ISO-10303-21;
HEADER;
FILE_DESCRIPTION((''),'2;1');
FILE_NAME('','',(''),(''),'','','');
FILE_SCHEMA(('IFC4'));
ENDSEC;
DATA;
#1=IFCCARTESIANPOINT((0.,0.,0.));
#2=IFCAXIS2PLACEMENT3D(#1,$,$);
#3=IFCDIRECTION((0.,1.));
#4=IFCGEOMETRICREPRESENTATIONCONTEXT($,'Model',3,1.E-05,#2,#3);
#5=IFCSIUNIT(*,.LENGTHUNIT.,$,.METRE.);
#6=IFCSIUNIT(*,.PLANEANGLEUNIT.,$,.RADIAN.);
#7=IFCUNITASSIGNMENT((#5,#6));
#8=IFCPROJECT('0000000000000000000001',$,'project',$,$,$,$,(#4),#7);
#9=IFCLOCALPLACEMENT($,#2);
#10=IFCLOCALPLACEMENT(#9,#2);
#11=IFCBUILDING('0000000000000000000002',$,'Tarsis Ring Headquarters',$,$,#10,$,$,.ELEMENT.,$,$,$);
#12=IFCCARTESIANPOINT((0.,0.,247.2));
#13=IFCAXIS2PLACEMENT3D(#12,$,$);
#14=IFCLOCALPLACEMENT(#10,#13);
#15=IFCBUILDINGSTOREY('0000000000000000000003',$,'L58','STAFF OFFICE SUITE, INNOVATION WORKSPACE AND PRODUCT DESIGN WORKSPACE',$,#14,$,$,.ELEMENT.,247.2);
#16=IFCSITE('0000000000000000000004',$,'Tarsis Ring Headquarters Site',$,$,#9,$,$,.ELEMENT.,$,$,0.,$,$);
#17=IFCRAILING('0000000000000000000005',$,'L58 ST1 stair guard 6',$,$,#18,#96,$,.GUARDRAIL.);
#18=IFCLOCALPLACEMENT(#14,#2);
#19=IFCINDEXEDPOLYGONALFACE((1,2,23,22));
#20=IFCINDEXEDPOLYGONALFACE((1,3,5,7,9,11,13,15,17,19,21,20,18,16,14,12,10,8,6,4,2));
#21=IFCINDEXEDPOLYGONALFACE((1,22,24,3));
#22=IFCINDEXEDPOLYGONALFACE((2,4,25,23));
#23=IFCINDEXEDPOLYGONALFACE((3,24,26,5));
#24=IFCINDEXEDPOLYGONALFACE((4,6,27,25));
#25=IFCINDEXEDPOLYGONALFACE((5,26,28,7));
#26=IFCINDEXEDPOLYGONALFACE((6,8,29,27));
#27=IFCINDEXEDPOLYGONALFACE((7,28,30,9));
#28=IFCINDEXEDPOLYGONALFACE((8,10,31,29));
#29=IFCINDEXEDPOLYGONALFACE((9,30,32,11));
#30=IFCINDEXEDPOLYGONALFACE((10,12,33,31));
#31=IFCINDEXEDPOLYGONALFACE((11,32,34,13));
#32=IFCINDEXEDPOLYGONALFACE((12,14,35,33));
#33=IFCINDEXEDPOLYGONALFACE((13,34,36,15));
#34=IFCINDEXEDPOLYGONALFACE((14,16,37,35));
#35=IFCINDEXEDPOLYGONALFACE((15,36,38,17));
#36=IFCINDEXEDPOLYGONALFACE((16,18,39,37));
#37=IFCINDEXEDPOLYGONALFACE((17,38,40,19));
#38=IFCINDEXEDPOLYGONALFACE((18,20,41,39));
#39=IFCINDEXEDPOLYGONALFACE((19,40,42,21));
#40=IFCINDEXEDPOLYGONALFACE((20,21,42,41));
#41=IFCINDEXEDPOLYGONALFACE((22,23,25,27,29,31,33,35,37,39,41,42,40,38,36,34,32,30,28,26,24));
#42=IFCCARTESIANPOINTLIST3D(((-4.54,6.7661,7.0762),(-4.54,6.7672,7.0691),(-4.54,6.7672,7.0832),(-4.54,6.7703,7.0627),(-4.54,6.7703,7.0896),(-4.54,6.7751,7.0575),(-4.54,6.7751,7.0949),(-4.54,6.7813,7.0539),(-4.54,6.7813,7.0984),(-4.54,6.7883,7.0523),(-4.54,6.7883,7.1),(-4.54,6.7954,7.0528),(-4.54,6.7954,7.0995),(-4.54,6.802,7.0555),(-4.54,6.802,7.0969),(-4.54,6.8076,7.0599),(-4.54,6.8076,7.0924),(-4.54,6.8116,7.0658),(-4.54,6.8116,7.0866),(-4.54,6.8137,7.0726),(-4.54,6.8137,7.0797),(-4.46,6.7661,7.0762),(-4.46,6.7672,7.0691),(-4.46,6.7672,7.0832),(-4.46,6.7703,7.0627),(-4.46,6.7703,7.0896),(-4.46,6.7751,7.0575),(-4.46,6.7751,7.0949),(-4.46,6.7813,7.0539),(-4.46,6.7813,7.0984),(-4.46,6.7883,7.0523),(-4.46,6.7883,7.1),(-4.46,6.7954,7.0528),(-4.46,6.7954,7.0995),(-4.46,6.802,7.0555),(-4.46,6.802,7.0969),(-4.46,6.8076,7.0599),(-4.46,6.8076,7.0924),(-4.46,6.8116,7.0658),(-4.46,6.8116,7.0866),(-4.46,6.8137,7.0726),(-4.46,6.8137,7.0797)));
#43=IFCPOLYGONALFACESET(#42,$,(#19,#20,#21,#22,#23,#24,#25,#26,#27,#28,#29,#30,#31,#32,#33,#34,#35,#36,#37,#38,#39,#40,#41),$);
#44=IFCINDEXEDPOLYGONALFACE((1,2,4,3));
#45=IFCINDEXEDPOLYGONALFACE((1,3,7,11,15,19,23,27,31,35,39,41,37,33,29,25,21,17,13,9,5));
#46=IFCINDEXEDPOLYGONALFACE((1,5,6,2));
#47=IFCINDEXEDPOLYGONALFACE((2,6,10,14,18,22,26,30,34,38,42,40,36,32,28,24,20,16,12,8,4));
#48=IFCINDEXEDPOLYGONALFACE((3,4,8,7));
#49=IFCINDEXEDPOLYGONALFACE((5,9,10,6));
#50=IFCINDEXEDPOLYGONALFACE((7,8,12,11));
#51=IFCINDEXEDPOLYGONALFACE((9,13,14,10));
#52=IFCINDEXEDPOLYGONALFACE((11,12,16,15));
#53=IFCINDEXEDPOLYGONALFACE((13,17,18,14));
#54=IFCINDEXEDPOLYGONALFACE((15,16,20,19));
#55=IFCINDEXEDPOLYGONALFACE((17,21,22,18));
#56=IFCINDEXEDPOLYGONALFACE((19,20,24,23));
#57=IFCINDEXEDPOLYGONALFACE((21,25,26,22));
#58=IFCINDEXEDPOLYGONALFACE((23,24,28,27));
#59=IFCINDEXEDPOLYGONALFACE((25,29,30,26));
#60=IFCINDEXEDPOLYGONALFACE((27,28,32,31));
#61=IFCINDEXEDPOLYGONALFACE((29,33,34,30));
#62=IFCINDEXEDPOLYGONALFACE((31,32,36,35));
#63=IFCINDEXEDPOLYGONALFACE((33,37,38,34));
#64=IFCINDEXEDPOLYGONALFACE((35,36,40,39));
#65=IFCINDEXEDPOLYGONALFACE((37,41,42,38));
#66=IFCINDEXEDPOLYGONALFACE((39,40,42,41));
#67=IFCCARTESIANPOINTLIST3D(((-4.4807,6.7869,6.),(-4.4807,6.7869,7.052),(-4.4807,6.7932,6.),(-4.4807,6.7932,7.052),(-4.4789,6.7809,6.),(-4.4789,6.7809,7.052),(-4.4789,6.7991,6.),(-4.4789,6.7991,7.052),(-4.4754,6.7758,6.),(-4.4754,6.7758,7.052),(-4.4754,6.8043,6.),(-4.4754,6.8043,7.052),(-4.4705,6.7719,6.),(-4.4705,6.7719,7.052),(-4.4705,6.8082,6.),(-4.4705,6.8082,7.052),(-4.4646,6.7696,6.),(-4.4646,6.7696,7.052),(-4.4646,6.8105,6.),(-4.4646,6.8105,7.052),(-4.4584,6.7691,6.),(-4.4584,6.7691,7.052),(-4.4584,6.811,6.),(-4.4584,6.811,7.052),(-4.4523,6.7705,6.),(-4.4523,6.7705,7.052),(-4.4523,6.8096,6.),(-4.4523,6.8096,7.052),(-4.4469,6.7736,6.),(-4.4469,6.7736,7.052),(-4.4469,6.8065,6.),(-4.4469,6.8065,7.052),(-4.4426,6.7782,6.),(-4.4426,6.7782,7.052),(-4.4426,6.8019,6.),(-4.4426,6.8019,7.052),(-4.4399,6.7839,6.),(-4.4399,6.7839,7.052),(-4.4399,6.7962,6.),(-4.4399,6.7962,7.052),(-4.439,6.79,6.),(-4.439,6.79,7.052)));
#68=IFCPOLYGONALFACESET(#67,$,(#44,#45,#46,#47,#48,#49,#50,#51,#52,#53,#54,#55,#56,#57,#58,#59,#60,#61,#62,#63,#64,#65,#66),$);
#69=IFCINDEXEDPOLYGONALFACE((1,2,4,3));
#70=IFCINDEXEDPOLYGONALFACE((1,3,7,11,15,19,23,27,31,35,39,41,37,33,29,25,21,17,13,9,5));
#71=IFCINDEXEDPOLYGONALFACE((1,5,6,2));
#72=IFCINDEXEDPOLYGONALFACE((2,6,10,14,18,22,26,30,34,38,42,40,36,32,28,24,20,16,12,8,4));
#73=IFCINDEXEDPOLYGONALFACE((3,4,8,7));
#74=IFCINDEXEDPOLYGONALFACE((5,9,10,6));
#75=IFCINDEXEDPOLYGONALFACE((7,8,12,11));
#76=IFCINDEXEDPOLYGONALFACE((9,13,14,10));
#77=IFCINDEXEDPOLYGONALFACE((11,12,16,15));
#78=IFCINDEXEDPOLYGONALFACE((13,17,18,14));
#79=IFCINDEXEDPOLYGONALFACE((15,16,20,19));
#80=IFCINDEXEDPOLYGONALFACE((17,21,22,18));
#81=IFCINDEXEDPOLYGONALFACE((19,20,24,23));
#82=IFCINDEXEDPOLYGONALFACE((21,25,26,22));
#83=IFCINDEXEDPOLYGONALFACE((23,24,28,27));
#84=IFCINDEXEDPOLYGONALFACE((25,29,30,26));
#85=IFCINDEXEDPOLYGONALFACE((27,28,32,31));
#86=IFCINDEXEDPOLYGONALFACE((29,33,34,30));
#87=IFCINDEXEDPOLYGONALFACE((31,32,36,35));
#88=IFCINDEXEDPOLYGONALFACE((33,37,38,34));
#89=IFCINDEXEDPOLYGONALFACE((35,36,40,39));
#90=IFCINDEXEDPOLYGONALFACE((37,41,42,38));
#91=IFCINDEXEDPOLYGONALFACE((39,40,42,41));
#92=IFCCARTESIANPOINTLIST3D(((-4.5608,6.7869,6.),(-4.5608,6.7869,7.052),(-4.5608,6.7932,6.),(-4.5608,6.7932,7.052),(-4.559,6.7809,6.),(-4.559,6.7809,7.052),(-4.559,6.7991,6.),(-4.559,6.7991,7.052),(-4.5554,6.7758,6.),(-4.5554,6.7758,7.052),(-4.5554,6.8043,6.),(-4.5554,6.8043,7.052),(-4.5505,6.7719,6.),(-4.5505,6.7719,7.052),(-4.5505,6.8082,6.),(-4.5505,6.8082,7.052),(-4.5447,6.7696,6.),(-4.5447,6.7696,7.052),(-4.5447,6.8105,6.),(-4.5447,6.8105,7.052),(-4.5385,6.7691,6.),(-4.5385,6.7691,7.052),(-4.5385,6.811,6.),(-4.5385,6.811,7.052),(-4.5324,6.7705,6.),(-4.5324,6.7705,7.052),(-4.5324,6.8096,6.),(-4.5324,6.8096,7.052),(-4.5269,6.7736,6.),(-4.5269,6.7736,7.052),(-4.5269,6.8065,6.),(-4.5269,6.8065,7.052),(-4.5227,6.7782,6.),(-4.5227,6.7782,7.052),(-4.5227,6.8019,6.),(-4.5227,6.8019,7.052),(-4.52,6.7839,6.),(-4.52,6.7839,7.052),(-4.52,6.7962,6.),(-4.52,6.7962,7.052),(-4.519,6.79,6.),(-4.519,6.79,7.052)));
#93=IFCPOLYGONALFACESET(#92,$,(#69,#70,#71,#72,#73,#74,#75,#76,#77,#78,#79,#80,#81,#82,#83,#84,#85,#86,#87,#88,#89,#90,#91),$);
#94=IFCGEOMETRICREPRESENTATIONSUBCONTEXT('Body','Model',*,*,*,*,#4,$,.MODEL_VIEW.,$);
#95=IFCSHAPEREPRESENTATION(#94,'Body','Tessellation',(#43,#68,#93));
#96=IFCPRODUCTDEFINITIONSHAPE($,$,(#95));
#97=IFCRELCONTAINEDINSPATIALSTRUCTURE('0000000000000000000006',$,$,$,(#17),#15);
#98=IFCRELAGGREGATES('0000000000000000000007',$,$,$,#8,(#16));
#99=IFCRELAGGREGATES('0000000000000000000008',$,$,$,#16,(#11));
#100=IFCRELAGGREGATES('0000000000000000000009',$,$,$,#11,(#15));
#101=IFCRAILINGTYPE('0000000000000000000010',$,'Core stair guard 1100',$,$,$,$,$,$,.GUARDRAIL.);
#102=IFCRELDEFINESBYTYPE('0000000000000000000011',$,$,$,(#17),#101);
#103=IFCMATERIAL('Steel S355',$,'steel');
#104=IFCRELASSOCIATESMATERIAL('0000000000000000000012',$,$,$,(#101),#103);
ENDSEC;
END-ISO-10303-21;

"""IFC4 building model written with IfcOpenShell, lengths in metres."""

from ifc_helpers import new_model, si_unit, direction, frame, origin, origin_2d, place, context, subcontext, project, spatial, circle, extrude, material, type_object, element, save


model = new_model("IFC4")

# Units and contexts
model_context = context("Model", 3, precision=1e-05, world=origin(), true_north=direction((0.0, 1.0)))
body_context = subcontext(model_context, "Body", "Model", "MODEL_VIEW")
ifc_project = project(units=[si_unit("LENGTHUNIT", "METRE"), si_unit("PLANEANGLEUNIT", "RADIAN")], contexts=[model_context])

# Site, building, storey
site_placement = place(None, origin())
site = spatial("IfcSite", under=ifc_project, at=site_placement, Name="Tarsis Ring Headquarters Site", CompositionType="ELEMENT", RefElevation=0.0)
building_placement = place(site_placement, origin())
building = spatial("IfcBuilding", under=site, at=building_placement, Name="Tarsis Ring Headquarters", CompositionType="ELEMENT")
storey_placement = place(building_placement, frame((0.0, 0.0, 247.2)))
storey = spatial("IfcBuildingStorey", under=building, at=storey_placement, Name="L58", Description="STAFF OFFICE SUITE, INNOVATION WORKSPACE AND PRODUCT DESIGN WORKSPACE", CompositionType="ELEMENT", Elevation=247.2)

# Shared definitions
ifc_material_1 = material(Name="Steel S355", Category="steel")

# Railing
railing_type_1 = type_object("IfcRailingType", Name="Core stair guard 1100", PredefinedType="GUARDRAIL", material=ifc_material_1)
railing_1_placement = place(storey_placement, frame((-4.46, 6.79, 6.0)))
element("IfcRailing", 1, at=railing_1_placement, inside=storey, type_object=railing_type_1, Name="L58 ST1 stair guard 6", PredefinedType="GUARDRAIL", context=body_context, shape_type="SweptSolid", body=[
    extrude(circle(Radius=0.0239, at=origin_2d()), frame((0.0, 0.0, 1.0762), z_axis=(-1.0, 0.0, 0.0), x_axis=(0.0, -1.0, 0.0)), (0.0, 0.0, 1.0), 0.0801),
    extrude(circle(Radius=0.021, at=origin_2d()), origin(), (0.0, 0.0, 1.0), 1.052),
    extrude(circle(Radius=0.021, at=origin_2d()), frame((-0.0801, 0.0, 0.0)), (0.0, 0.0, 1.0), 1.052),
])

save(model, "model.ifc")
